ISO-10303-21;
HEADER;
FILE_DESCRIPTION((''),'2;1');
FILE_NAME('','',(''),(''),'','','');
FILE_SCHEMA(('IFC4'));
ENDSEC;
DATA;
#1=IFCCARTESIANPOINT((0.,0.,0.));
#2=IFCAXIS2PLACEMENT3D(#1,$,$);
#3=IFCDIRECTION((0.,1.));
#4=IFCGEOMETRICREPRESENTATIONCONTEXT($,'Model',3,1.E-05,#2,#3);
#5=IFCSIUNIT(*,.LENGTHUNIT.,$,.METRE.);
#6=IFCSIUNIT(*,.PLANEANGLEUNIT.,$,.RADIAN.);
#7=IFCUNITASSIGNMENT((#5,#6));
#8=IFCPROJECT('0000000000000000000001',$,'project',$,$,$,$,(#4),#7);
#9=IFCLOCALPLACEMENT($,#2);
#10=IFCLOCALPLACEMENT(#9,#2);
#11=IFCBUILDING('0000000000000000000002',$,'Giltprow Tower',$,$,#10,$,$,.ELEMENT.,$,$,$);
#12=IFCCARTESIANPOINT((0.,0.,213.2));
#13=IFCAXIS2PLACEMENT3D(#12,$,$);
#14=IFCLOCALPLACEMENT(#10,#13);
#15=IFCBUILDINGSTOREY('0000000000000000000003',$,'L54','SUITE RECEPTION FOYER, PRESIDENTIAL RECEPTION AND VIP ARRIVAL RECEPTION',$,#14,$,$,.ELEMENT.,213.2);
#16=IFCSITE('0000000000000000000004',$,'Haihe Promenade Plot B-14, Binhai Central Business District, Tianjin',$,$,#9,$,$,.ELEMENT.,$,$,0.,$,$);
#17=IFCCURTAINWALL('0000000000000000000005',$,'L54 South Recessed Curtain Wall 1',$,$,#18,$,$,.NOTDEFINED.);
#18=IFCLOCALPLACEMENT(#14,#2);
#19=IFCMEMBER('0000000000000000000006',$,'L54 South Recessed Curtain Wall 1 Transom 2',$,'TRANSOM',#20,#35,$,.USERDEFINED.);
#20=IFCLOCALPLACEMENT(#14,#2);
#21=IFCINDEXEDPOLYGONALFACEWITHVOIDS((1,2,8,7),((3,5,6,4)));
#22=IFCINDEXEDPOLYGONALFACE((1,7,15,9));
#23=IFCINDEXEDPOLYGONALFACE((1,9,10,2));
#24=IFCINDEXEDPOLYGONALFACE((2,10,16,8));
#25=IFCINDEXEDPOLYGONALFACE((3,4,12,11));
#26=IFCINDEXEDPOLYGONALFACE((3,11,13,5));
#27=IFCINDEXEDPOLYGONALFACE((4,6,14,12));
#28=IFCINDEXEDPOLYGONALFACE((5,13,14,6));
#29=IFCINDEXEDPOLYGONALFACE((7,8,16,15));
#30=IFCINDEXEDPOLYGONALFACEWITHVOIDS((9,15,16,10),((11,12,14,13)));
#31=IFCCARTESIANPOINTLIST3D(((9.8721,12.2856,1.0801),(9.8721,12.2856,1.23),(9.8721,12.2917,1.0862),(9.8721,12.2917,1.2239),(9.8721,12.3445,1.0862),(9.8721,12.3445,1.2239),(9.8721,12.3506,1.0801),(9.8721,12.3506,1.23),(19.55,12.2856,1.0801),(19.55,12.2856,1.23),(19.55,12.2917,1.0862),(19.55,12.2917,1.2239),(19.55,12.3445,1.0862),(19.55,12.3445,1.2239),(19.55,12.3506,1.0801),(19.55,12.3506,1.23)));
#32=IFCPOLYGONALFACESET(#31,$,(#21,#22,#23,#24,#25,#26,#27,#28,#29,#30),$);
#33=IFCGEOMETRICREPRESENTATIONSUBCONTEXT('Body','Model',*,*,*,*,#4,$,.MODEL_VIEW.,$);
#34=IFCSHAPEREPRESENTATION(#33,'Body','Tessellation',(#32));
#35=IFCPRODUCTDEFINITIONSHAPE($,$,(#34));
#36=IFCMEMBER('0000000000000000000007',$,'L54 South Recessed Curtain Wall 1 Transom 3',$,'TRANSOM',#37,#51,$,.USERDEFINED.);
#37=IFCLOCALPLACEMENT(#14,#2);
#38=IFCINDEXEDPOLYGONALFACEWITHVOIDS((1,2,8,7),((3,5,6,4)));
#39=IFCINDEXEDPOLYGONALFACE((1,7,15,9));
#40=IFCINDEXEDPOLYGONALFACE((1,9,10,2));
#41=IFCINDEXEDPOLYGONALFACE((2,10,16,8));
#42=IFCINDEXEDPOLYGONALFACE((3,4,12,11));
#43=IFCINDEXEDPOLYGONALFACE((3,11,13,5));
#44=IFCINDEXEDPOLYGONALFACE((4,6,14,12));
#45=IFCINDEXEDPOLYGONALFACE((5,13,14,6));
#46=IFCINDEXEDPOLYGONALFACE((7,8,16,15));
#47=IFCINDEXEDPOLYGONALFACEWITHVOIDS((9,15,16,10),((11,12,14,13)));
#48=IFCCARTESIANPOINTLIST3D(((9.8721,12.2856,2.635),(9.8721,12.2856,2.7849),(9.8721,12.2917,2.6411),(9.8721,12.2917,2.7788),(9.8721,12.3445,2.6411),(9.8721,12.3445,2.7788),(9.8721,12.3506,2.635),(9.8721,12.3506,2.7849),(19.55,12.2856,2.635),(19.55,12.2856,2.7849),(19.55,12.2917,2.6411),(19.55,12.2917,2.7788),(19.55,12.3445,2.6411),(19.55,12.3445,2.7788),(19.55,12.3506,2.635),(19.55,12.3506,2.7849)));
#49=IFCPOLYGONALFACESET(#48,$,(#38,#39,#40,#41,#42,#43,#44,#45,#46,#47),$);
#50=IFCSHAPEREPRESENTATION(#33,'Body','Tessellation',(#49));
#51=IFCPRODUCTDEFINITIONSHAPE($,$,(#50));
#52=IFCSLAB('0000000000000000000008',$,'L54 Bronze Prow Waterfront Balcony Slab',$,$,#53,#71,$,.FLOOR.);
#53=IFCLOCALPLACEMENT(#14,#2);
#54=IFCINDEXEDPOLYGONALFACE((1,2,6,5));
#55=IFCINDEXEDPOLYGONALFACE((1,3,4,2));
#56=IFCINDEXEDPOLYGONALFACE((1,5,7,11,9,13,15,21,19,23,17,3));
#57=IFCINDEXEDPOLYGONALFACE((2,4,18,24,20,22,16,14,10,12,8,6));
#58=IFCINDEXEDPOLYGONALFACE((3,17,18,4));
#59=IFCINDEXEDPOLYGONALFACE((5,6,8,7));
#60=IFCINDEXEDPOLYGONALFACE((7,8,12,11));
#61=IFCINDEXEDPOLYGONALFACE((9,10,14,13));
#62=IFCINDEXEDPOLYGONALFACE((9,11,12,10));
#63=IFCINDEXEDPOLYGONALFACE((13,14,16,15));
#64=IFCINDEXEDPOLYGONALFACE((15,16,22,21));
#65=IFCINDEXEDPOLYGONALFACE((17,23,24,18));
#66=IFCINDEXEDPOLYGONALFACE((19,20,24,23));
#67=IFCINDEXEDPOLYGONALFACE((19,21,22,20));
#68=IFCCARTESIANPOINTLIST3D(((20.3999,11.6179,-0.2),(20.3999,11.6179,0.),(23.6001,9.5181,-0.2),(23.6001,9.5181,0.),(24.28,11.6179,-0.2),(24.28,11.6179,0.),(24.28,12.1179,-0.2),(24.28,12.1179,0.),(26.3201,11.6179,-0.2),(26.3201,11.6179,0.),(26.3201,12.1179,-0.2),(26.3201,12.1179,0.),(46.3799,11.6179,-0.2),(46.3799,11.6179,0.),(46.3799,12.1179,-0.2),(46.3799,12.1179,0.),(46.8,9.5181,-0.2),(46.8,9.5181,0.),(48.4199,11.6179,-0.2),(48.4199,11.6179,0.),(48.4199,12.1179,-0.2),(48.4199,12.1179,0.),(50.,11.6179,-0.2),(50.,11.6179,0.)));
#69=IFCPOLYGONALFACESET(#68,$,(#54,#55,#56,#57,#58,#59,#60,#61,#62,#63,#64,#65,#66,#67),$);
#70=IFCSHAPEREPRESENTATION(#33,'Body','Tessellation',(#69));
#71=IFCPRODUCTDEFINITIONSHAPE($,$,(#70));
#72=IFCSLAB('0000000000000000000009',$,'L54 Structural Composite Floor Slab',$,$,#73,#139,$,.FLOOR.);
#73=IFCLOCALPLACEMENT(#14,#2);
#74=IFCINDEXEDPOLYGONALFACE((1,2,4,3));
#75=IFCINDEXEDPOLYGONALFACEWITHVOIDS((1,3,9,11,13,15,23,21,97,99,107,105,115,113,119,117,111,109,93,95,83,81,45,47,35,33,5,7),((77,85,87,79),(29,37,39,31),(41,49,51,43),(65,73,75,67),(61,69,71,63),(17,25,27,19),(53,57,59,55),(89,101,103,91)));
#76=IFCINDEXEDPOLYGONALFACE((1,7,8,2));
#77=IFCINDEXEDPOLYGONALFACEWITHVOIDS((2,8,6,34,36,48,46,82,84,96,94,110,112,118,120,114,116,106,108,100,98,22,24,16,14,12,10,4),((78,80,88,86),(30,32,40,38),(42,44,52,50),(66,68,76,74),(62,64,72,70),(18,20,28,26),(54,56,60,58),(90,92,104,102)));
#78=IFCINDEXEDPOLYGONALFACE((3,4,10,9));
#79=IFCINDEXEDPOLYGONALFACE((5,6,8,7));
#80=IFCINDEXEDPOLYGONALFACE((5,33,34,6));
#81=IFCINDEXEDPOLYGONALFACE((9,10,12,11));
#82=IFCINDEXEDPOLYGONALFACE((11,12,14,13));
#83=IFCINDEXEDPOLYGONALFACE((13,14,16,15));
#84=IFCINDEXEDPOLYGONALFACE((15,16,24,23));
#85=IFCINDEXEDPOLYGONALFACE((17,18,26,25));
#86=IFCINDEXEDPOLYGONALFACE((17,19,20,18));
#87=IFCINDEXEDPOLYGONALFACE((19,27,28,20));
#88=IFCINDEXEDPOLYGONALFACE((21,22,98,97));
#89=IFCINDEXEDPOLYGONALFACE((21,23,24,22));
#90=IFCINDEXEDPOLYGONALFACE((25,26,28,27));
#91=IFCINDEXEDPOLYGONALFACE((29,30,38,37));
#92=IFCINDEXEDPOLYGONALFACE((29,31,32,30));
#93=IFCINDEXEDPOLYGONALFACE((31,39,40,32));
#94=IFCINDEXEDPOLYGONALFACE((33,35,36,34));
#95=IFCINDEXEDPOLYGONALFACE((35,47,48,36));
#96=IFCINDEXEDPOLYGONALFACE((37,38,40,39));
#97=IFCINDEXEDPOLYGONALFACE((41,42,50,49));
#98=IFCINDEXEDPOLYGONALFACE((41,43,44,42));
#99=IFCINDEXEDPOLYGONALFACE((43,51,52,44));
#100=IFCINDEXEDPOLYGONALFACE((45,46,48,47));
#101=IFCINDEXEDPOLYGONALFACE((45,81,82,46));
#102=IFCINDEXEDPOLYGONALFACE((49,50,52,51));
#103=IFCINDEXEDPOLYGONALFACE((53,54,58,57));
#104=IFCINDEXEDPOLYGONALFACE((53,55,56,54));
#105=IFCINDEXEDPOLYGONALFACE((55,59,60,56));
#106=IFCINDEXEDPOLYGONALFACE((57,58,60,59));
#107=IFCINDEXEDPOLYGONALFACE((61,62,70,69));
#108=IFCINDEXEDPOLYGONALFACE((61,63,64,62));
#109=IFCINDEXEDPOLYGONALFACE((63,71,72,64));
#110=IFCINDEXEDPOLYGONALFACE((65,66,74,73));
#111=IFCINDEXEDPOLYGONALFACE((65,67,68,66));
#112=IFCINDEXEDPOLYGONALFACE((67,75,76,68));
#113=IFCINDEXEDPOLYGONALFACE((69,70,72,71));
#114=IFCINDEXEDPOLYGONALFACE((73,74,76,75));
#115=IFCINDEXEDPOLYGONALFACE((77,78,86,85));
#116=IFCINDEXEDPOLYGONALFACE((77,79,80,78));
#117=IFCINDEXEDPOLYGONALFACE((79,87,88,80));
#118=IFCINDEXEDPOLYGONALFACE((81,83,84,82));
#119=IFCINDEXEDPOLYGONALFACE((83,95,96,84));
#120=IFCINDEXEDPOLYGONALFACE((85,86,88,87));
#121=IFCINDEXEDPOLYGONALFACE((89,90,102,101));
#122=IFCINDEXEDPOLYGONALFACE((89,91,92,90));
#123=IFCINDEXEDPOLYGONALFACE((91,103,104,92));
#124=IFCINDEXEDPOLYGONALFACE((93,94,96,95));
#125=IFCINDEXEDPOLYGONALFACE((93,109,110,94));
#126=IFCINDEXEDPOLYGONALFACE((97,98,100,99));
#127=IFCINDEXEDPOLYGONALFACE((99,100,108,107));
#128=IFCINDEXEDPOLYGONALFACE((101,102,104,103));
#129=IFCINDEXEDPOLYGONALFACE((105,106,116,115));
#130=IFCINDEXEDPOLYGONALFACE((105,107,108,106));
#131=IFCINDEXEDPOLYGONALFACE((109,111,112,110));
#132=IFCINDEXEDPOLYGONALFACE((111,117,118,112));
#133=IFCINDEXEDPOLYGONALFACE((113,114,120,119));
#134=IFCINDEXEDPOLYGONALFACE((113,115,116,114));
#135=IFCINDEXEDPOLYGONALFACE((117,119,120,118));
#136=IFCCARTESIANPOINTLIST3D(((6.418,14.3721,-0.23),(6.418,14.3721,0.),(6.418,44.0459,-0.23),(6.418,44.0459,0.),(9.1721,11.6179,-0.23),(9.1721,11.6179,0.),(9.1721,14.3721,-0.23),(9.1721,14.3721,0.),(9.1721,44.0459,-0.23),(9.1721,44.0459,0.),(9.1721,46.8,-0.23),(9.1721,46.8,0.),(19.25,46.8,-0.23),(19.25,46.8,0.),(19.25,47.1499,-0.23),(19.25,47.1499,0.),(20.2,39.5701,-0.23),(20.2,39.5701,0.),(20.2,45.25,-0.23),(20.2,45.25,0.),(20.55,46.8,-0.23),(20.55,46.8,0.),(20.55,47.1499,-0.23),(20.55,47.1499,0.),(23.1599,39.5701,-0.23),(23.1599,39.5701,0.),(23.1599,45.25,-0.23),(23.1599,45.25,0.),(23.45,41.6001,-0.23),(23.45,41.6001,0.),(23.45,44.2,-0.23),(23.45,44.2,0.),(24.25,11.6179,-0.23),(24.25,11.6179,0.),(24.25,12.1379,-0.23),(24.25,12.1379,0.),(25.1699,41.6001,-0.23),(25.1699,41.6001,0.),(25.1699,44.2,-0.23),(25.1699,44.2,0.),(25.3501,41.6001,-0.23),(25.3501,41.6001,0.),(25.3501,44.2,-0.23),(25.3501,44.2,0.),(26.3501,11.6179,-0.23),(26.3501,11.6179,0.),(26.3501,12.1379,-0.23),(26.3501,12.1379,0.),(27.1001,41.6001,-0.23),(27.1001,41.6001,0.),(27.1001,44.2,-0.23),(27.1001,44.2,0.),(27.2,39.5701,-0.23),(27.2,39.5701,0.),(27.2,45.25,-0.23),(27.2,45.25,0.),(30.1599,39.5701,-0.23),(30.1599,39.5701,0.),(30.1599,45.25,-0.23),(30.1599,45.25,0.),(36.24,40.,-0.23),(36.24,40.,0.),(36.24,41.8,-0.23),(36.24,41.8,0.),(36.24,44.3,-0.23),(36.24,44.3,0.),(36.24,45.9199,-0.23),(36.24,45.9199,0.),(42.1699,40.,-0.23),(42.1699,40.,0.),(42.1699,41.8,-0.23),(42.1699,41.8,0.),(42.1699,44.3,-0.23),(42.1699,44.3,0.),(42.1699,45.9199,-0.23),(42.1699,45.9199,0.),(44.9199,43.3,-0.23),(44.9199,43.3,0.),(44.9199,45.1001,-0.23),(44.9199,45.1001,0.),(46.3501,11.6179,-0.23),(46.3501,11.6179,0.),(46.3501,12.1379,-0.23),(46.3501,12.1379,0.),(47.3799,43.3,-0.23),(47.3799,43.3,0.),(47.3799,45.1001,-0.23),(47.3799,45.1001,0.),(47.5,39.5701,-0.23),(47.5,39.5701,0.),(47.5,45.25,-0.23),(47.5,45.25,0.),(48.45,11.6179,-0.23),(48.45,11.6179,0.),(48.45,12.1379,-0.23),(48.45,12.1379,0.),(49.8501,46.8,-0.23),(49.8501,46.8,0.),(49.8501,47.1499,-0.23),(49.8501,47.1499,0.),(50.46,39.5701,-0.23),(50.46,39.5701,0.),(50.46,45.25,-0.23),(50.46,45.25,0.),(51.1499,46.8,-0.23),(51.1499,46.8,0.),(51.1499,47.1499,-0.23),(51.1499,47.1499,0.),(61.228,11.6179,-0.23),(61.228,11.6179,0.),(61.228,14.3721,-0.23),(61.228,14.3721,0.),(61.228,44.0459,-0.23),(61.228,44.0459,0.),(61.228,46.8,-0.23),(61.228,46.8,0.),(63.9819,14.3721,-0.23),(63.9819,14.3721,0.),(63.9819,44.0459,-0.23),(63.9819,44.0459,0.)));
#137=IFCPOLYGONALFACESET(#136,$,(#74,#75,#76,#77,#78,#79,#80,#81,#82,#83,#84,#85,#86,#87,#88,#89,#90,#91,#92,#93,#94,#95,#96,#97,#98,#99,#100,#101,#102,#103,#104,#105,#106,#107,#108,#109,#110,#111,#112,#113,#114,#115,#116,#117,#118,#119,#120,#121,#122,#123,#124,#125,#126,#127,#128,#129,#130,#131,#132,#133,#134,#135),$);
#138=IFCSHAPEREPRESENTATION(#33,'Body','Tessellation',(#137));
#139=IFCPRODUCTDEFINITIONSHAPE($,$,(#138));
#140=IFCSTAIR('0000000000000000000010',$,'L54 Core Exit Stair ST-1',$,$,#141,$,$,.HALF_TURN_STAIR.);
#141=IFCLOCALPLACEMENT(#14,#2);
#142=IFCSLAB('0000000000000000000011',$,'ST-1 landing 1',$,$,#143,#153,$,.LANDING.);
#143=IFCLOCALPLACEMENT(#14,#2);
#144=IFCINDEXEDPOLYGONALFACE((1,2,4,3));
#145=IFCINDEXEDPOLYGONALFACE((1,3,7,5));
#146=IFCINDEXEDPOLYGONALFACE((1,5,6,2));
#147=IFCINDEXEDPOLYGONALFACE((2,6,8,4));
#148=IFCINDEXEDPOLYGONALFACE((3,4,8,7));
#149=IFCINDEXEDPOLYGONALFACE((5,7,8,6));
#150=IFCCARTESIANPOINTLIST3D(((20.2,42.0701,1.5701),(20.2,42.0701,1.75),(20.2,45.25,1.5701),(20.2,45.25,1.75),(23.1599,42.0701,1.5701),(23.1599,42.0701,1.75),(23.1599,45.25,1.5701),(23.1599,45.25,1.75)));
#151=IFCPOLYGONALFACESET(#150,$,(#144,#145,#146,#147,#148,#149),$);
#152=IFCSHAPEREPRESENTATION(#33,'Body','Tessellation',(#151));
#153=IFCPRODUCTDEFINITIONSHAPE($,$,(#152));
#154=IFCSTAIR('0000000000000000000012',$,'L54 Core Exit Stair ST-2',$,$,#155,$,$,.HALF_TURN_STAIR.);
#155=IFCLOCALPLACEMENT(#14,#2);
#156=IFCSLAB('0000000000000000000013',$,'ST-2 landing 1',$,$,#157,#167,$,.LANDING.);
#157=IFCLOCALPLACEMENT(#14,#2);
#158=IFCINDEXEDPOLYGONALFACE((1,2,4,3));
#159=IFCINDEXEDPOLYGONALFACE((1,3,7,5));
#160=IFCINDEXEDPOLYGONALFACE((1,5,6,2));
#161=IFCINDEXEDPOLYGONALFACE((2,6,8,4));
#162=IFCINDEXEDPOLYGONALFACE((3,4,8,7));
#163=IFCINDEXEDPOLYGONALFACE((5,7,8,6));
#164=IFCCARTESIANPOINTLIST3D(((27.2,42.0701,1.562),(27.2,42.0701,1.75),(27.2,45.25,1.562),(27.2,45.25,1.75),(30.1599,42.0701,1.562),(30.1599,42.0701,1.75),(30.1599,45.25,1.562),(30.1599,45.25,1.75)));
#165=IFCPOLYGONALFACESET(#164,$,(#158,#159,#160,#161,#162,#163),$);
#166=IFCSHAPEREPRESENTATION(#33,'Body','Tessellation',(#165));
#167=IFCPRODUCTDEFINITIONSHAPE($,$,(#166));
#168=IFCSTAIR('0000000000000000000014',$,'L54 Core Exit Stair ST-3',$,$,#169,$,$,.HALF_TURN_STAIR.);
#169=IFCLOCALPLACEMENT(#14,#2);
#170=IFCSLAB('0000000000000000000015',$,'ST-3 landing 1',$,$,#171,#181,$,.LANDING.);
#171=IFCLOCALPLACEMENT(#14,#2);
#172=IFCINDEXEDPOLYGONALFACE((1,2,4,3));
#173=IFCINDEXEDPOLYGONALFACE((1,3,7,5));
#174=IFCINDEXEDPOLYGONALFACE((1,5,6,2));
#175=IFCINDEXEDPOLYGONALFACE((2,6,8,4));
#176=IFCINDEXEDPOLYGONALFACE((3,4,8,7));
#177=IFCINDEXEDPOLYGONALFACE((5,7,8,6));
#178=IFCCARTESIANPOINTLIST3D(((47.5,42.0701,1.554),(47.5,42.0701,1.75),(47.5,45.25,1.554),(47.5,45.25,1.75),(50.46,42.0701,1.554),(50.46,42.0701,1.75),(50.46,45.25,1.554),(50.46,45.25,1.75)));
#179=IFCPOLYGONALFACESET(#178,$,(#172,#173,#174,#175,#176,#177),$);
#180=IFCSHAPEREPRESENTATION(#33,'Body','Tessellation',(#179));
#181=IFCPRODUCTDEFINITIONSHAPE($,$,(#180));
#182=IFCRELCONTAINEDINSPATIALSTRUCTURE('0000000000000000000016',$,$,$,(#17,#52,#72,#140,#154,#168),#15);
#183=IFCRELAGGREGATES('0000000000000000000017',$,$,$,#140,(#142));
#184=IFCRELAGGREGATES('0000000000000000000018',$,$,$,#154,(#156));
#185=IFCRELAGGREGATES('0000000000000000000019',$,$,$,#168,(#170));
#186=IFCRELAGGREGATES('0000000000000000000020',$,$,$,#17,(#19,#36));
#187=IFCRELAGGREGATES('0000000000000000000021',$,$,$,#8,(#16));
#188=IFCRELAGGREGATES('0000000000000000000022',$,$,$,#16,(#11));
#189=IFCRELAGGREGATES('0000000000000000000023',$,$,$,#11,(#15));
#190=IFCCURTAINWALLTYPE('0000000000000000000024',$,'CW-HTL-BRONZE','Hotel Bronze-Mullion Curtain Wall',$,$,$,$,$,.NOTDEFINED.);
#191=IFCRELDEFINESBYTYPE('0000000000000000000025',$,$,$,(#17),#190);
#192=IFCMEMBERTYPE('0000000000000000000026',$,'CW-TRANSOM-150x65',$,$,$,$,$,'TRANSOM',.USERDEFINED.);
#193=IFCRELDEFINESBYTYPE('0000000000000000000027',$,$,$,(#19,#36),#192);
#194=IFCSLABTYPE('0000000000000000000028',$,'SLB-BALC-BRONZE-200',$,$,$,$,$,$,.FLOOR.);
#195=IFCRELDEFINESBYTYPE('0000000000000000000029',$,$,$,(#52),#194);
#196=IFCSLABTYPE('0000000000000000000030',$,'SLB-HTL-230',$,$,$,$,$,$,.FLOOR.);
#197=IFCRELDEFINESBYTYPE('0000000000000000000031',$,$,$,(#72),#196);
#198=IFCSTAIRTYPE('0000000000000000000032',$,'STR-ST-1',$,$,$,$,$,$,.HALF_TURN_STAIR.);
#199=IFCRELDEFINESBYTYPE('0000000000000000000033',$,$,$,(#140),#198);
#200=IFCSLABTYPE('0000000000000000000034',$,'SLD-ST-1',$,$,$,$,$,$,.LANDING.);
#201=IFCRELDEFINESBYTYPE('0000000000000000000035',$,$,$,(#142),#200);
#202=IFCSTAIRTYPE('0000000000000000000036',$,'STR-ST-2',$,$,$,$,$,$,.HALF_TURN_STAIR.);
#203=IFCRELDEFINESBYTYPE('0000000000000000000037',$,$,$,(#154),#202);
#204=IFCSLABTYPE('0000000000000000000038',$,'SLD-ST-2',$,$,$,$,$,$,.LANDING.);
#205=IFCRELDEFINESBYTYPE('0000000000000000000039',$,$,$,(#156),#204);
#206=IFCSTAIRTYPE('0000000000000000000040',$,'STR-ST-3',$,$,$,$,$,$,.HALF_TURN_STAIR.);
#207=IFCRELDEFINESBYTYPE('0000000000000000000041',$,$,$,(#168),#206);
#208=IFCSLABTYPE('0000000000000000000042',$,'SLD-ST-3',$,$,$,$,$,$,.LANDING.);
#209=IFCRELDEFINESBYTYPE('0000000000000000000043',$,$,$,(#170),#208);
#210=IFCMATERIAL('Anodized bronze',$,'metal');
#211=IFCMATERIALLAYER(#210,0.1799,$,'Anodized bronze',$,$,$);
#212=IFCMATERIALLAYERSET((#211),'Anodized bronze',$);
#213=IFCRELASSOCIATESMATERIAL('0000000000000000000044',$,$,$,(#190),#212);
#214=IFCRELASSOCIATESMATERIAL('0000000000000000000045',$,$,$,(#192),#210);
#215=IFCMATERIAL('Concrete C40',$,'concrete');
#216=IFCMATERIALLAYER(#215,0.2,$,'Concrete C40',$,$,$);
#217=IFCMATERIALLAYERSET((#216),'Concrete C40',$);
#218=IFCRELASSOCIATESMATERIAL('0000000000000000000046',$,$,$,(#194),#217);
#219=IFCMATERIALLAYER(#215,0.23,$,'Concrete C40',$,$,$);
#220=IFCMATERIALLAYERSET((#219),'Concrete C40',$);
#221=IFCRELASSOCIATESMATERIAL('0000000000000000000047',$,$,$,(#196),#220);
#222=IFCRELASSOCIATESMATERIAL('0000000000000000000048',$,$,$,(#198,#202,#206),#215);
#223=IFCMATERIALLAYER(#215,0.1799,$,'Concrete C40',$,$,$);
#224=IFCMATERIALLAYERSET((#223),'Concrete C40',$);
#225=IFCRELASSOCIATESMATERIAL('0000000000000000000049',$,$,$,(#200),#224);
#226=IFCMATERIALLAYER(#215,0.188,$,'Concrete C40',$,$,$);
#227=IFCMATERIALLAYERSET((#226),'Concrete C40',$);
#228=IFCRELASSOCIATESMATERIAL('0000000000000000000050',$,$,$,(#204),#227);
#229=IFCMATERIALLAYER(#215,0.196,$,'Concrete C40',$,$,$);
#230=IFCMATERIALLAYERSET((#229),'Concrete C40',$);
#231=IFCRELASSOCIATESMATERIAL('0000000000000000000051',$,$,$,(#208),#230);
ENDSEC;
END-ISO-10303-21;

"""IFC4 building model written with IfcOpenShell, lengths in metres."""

from ifc_helpers import new_model, si_unit, direction, frame, origin, origin_2d, place, context, subcontext, project, spatial, polyline, hollow_rectangle, outline, extrude, source, transform, mapped, material, layer, layer_set, material_profile, profile_set, type_object, element, aggregate, save


model = new_model("IFC4")

# Units and contexts
model_context = context("Model", 3, precision=1e-05, world=origin(), true_north=direction((0.0, 1.0)))
body_context = subcontext(model_context, "Body", "Model", "MODEL_VIEW")
ifc_project = project(units=[si_unit("LENGTHUNIT", "METRE"), si_unit("PLANEANGLEUNIT", "RADIAN")], contexts=[model_context])

# Site, building, storey
site_placement = place(None, origin())
site = spatial("IfcSite", under=ifc_project, at=site_placement, Name="Haihe Promenade Plot B-14, Binhai Central Business District, Tianjin", CompositionType="ELEMENT", RefElevation=0.0)
building_placement = place(site_placement, origin())
building = spatial("IfcBuilding", under=site, at=building_placement, Name="Giltprow Tower", CompositionType="ELEMENT")
storey_placement = place(building_placement, frame((0.0, 0.0, 213.2)))
storey = spatial("IfcBuildingStorey", under=building, at=storey_placement, Name="L54", Description="SUITE RECEPTION FOYER, PRESIDENTIAL RECEPTION AND VIP ARRIVAL RECEPTION", CompositionType="ELEMENT", Elevation=213.2)

# Curtain wall, members
ifc_material_1 = material(Name="Anodized bronze", Category="metal")
ifc_layer_1 = layer(ifc_material_1, 0.1799, Name="Anodized bronze")
ifc_layer_set_1 = layer_set([ifc_layer_1], Name="Anodized bronze")
curtain_wall_type = type_object("IfcCurtainWallType", Name="CW-HTL-BRONZE", Description="Hotel Bronze-Mullion Curtain Wall", PredefinedType="NOTDEFINED", material=ifc_layer_set_1)
curtain_wall_placement = place(storey_placement, origin())
curtain_wall = element("IfcCurtainWall", 1, at=curtain_wall_placement, inside=storey, type_object=curtain_wall_type, Name="L54 South Recessed Curtain Wall 1", PredefinedType="NOTDEFINED")
ifc_material_profile_1 = material_profile(ifc_material_1, hollow_rectangle(XDim=0.0649, YDim=0.1499, WallThickness=0.0061, at=origin_2d()), Name="RHS 150x65x6")
ifc_profile_set_1 = profile_set([ifc_material_profile_1], Name="Anodized bronze")
member_type_1 = type_object("IfcMemberType", Name="CW-TRANSOM-150x65", ElementType="TRANSOM", PredefinedType="USERDEFINED", material=ifc_profile_set_1)
shared_shape_1 = source(origin(), body_context, "Body", "SweptSolid", [
    extrude(hollow_rectangle(XDim=0.0649, YDim=0.1499, WallThickness=0.0061, at=origin_2d()), origin(), (0.0, 0.0, 1.0), 9.678),
])
member_1_placement = place(storey_placement, frame((9.8721, 12.3181, 1.155), z_axis=(1.0, 0.0, 0.0), x_axis=(0.0, 1.0, 0.0)))
member_1 = element("IfcMember", 2, at=member_1_placement, type_object=member_type_1, Name="L54 South Recessed Curtain Wall 1 Transom 2", ObjectType="TRANSOM", PredefinedType="USERDEFINED", context=body_context, shape_type="MappedRepresentation", body=[
    mapped(shared_shape_1, transform((0.0, 0.0, 0.0), x_axis=(1.0, 0.0, 0.0), y_axis=(0.0, 1.0, 0.0), z_axis=(0.0, 0.0, 1.0), scale=1.0)),
])
member_2_placement = place(storey_placement, frame((9.8721, 12.3181, 2.71), z_axis=(1.0, 0.0, 0.0), x_axis=(0.0, 1.0, 0.0)))
member_2 = element("IfcMember", 3, at=member_2_placement, type_object=member_type_1, Name="L54 South Recessed Curtain Wall 1 Transom 3", ObjectType="TRANSOM", PredefinedType="USERDEFINED", context=body_context, shape_type="MappedRepresentation", body=[
    mapped(shared_shape_1, transform((0.0, 0.0, 0.0), x_axis=(1.0, 0.0, 0.0), y_axis=(0.0, 1.0, 0.0), z_axis=(0.0, 0.0, 1.0), scale=1.0)),
])

# Slabs
ifc_material_2 = material(Name="Concrete C40", Category="concrete")
ifc_layer_2 = layer(ifc_material_2, 0.2, Name="Concrete C40")
ifc_layer_set_2 = layer_set([ifc_layer_2], Name="Concrete C40")
slab_type_1 = type_object("IfcSlabType", Name="SLB-BALC-BRONZE-200", PredefinedType="FLOOR", material=ifc_layer_set_2)
slab_1_placement = place(storey_placement, frame((0.0, 0.0, -0.2)))
element("IfcSlab", 4, at=slab_1_placement, inside=storey, type_object=slab_type_1, Name="L54 Bronze Prow Waterfront Balcony Slab", PredefinedType="FLOOR", context=body_context, shape_type="SweptSolid", body=[
    extrude(outline(polyline([(50.0, 11.6179), (46.8, 9.5181), (23.6001, 9.5181), (20.3999, 11.6179), (24.28, 11.6179), (24.28, 12.1179), (26.3201, 12.1179), (26.3201, 11.6179), (46.3799, 11.6179), (46.3799, 12.1179), (48.4199, 12.1179), (48.4199, 11.6179), (50.0, 11.6179)])), origin(), (0.0, 0.0, 1.0), 0.2),
])
ifc_layer_3 = layer(ifc_material_2, 0.23, Name="Concrete C40")
ifc_layer_set_3 = layer_set([ifc_layer_3], Name="Concrete C40")
slab_type_2 = type_object("IfcSlabType", Name="SLB-HTL-230", PredefinedType="FLOOR", material=ifc_layer_set_3)
slab_2_placement = place(storey_placement, frame((0.0, 0.0, -0.23)))
element("IfcSlab", 5, at=slab_2_placement, inside=storey, type_object=slab_type_2, Name="L54 Structural Composite Floor Slab", PredefinedType="FLOOR", context=body_context, shape_type="SweptSolid", body=[
    extrude(outline(polyline([(63.9819, 44.0459), (63.9819, 14.3721), (61.228, 14.3721), (61.228, 11.6179), (48.45, 11.6179), (48.45, 12.1379), (46.3501, 12.1379), (46.3501, 11.6179), (26.3501, 11.6179), (26.3501, 12.1379), (24.25, 12.1379), (24.25, 11.6179), (9.1721, 11.6179), (9.1721, 14.3721), (6.418, 14.3721), (6.418, 44.0459), (9.1721, 44.0459), (9.1721, 46.8), (19.25, 46.8), (19.25, 47.1499), (20.55, 47.1499), (20.55, 46.8), (49.8501, 46.8), (49.8501, 47.1499), (51.1499, 47.1499), (51.1499, 46.8), (61.228, 46.8), (61.228, 44.0459), (63.9819, 44.0459)]), holes=[polyline([(42.1699, 41.8), (36.24, 41.8), (36.24, 40.0), (42.1699, 40.0), (42.1699, 41.8)]), polyline([(23.1599, 39.5701), (23.1599, 45.25), (20.2, 45.25), (20.2, 39.5701), (23.1599, 39.5701)]), polyline([(30.1599, 39.5701), (30.1599, 45.25), (27.2, 45.25), (27.2, 39.5701), (30.1599, 39.5701)]), polyline([(50.46, 45.25), (47.5, 45.25), (47.5, 39.5701), (50.46, 39.5701), (50.46, 45.25)]), polyline([(25.1699, 44.2), (23.45, 44.2), (23.45, 41.6001), (25.1699, 41.6001), (25.1699, 44.2)]), polyline([(27.1001, 44.2), (25.3501, 44.2), (25.3501, 41.6001), (27.1001, 41.6001), (27.1001, 44.2)]), polyline([(47.3799, 43.3), (47.3799, 45.1001), (44.9199, 45.1001), (44.9199, 43.3), (47.3799, 43.3)]), polyline([(42.1699, 44.3), (42.1699, 45.9199), (36.24, 45.9199), (36.24, 44.3), (42.1699, 44.3)])]), origin(), (0.0, 0.0, 1.0), 0.23),
])

# Stairs, slabs
stair_type_1 = type_object("IfcStairType", Name="STR-ST-1", PredefinedType="HALF_TURN_STAIR", material=ifc_material_2)
stair_1_placement = place(storey_placement, origin())
stair_1 = element("IfcStair", 6, at=stair_1_placement, inside=storey, type_object=stair_type_1, Name="L54 Core Exit Stair ST-1", PredefinedType="HALF_TURN_STAIR")
ifc_layer_4 = layer(ifc_material_2, 0.1799, Name="Concrete C40")
ifc_layer_set_4 = layer_set([ifc_layer_4], Name="Concrete C40")
slab_type_3 = type_object("IfcSlabType", Name="SLD-ST-1", PredefinedType="LANDING", material=ifc_layer_set_4)
slab_3_placement = place(storey_placement, frame((0.0, 0.0, 1.5701)))
slab_3 = element("IfcSlab", 7, at=slab_3_placement, type_object=slab_type_3, Name="ST-1 landing 1", PredefinedType="LANDING", context=body_context, shape_type="SweptSolid", body=[
    extrude(outline(polyline([(23.1599, 42.0701), (23.1599, 45.25), (20.2, 45.25), (20.2, 42.0701), (23.1599, 42.0701)])), origin(), (0.0, 0.0, 1.0), 0.1799),
])
aggregate(stair_1, [slab_3])
stair_type_2 = type_object("IfcStairType", Name="STR-ST-2", PredefinedType="HALF_TURN_STAIR", material=ifc_material_2)
stair_2_placement = place(storey_placement, origin())
stair_2 = element("IfcStair", 8, at=stair_2_placement, inside=storey, type_object=stair_type_2, Name="L54 Core Exit Stair ST-2", PredefinedType="HALF_TURN_STAIR")
ifc_layer_5 = layer(ifc_material_2, 0.188, Name="Concrete C40")
ifc_layer_set_5 = layer_set([ifc_layer_5], Name="Concrete C40")
slab_type_4 = type_object("IfcSlabType", Name="SLD-ST-2", PredefinedType="LANDING", material=ifc_layer_set_5)
slab_4_placement = place(storey_placement, frame((0.0, 0.0, 1.562)))
slab_4 = element("IfcSlab", 9, at=slab_4_placement, type_object=slab_type_4, Name="ST-2 landing 1", PredefinedType="LANDING", context=body_context, shape_type="SweptSolid", body=[
    extrude(outline(polyline([(30.1599, 42.0701), (30.1599, 45.25), (27.2, 45.25), (27.2, 42.0701), (30.1599, 42.0701)])), origin(), (0.0, 0.0, 1.0), 0.188),
])
aggregate(stair_2, [slab_4])
stair_type_3 = type_object("IfcStairType", Name="STR-ST-3", PredefinedType="HALF_TURN_STAIR", material=ifc_material_2)
stair_3_placement = place(storey_placement, origin())
stair_3 = element("IfcStair", 10, at=stair_3_placement, inside=storey, type_object=stair_type_3, Name="L54 Core Exit Stair ST-3", PredefinedType="HALF_TURN_STAIR")
ifc_layer_6 = layer(ifc_material_2, 0.196, Name="Concrete C40")
ifc_layer_set_6 = layer_set([ifc_layer_6], Name="Concrete C40")
slab_type_5 = type_object("IfcSlabType", Name="SLD-ST-3", PredefinedType="LANDING", material=ifc_layer_set_6)
slab_5_placement = place(storey_placement, frame((0.0, 0.0, 1.554)))
slab_5 = element("IfcSlab", 11, at=slab_5_placement, type_object=slab_type_5, Name="ST-3 landing 1", PredefinedType="LANDING", context=body_context, shape_type="SweptSolid", body=[
    extrude(outline(polyline([(50.46, 42.0701), (50.46, 45.25), (47.5, 45.25), (47.5, 42.0701), (50.46, 42.0701)])), origin(), (0.0, 0.0, 1.0), 0.196),
])
aggregate(stair_3, [slab_5])

aggregate(curtain_wall, [member_1, member_2])

save(model, "model.ifc")
